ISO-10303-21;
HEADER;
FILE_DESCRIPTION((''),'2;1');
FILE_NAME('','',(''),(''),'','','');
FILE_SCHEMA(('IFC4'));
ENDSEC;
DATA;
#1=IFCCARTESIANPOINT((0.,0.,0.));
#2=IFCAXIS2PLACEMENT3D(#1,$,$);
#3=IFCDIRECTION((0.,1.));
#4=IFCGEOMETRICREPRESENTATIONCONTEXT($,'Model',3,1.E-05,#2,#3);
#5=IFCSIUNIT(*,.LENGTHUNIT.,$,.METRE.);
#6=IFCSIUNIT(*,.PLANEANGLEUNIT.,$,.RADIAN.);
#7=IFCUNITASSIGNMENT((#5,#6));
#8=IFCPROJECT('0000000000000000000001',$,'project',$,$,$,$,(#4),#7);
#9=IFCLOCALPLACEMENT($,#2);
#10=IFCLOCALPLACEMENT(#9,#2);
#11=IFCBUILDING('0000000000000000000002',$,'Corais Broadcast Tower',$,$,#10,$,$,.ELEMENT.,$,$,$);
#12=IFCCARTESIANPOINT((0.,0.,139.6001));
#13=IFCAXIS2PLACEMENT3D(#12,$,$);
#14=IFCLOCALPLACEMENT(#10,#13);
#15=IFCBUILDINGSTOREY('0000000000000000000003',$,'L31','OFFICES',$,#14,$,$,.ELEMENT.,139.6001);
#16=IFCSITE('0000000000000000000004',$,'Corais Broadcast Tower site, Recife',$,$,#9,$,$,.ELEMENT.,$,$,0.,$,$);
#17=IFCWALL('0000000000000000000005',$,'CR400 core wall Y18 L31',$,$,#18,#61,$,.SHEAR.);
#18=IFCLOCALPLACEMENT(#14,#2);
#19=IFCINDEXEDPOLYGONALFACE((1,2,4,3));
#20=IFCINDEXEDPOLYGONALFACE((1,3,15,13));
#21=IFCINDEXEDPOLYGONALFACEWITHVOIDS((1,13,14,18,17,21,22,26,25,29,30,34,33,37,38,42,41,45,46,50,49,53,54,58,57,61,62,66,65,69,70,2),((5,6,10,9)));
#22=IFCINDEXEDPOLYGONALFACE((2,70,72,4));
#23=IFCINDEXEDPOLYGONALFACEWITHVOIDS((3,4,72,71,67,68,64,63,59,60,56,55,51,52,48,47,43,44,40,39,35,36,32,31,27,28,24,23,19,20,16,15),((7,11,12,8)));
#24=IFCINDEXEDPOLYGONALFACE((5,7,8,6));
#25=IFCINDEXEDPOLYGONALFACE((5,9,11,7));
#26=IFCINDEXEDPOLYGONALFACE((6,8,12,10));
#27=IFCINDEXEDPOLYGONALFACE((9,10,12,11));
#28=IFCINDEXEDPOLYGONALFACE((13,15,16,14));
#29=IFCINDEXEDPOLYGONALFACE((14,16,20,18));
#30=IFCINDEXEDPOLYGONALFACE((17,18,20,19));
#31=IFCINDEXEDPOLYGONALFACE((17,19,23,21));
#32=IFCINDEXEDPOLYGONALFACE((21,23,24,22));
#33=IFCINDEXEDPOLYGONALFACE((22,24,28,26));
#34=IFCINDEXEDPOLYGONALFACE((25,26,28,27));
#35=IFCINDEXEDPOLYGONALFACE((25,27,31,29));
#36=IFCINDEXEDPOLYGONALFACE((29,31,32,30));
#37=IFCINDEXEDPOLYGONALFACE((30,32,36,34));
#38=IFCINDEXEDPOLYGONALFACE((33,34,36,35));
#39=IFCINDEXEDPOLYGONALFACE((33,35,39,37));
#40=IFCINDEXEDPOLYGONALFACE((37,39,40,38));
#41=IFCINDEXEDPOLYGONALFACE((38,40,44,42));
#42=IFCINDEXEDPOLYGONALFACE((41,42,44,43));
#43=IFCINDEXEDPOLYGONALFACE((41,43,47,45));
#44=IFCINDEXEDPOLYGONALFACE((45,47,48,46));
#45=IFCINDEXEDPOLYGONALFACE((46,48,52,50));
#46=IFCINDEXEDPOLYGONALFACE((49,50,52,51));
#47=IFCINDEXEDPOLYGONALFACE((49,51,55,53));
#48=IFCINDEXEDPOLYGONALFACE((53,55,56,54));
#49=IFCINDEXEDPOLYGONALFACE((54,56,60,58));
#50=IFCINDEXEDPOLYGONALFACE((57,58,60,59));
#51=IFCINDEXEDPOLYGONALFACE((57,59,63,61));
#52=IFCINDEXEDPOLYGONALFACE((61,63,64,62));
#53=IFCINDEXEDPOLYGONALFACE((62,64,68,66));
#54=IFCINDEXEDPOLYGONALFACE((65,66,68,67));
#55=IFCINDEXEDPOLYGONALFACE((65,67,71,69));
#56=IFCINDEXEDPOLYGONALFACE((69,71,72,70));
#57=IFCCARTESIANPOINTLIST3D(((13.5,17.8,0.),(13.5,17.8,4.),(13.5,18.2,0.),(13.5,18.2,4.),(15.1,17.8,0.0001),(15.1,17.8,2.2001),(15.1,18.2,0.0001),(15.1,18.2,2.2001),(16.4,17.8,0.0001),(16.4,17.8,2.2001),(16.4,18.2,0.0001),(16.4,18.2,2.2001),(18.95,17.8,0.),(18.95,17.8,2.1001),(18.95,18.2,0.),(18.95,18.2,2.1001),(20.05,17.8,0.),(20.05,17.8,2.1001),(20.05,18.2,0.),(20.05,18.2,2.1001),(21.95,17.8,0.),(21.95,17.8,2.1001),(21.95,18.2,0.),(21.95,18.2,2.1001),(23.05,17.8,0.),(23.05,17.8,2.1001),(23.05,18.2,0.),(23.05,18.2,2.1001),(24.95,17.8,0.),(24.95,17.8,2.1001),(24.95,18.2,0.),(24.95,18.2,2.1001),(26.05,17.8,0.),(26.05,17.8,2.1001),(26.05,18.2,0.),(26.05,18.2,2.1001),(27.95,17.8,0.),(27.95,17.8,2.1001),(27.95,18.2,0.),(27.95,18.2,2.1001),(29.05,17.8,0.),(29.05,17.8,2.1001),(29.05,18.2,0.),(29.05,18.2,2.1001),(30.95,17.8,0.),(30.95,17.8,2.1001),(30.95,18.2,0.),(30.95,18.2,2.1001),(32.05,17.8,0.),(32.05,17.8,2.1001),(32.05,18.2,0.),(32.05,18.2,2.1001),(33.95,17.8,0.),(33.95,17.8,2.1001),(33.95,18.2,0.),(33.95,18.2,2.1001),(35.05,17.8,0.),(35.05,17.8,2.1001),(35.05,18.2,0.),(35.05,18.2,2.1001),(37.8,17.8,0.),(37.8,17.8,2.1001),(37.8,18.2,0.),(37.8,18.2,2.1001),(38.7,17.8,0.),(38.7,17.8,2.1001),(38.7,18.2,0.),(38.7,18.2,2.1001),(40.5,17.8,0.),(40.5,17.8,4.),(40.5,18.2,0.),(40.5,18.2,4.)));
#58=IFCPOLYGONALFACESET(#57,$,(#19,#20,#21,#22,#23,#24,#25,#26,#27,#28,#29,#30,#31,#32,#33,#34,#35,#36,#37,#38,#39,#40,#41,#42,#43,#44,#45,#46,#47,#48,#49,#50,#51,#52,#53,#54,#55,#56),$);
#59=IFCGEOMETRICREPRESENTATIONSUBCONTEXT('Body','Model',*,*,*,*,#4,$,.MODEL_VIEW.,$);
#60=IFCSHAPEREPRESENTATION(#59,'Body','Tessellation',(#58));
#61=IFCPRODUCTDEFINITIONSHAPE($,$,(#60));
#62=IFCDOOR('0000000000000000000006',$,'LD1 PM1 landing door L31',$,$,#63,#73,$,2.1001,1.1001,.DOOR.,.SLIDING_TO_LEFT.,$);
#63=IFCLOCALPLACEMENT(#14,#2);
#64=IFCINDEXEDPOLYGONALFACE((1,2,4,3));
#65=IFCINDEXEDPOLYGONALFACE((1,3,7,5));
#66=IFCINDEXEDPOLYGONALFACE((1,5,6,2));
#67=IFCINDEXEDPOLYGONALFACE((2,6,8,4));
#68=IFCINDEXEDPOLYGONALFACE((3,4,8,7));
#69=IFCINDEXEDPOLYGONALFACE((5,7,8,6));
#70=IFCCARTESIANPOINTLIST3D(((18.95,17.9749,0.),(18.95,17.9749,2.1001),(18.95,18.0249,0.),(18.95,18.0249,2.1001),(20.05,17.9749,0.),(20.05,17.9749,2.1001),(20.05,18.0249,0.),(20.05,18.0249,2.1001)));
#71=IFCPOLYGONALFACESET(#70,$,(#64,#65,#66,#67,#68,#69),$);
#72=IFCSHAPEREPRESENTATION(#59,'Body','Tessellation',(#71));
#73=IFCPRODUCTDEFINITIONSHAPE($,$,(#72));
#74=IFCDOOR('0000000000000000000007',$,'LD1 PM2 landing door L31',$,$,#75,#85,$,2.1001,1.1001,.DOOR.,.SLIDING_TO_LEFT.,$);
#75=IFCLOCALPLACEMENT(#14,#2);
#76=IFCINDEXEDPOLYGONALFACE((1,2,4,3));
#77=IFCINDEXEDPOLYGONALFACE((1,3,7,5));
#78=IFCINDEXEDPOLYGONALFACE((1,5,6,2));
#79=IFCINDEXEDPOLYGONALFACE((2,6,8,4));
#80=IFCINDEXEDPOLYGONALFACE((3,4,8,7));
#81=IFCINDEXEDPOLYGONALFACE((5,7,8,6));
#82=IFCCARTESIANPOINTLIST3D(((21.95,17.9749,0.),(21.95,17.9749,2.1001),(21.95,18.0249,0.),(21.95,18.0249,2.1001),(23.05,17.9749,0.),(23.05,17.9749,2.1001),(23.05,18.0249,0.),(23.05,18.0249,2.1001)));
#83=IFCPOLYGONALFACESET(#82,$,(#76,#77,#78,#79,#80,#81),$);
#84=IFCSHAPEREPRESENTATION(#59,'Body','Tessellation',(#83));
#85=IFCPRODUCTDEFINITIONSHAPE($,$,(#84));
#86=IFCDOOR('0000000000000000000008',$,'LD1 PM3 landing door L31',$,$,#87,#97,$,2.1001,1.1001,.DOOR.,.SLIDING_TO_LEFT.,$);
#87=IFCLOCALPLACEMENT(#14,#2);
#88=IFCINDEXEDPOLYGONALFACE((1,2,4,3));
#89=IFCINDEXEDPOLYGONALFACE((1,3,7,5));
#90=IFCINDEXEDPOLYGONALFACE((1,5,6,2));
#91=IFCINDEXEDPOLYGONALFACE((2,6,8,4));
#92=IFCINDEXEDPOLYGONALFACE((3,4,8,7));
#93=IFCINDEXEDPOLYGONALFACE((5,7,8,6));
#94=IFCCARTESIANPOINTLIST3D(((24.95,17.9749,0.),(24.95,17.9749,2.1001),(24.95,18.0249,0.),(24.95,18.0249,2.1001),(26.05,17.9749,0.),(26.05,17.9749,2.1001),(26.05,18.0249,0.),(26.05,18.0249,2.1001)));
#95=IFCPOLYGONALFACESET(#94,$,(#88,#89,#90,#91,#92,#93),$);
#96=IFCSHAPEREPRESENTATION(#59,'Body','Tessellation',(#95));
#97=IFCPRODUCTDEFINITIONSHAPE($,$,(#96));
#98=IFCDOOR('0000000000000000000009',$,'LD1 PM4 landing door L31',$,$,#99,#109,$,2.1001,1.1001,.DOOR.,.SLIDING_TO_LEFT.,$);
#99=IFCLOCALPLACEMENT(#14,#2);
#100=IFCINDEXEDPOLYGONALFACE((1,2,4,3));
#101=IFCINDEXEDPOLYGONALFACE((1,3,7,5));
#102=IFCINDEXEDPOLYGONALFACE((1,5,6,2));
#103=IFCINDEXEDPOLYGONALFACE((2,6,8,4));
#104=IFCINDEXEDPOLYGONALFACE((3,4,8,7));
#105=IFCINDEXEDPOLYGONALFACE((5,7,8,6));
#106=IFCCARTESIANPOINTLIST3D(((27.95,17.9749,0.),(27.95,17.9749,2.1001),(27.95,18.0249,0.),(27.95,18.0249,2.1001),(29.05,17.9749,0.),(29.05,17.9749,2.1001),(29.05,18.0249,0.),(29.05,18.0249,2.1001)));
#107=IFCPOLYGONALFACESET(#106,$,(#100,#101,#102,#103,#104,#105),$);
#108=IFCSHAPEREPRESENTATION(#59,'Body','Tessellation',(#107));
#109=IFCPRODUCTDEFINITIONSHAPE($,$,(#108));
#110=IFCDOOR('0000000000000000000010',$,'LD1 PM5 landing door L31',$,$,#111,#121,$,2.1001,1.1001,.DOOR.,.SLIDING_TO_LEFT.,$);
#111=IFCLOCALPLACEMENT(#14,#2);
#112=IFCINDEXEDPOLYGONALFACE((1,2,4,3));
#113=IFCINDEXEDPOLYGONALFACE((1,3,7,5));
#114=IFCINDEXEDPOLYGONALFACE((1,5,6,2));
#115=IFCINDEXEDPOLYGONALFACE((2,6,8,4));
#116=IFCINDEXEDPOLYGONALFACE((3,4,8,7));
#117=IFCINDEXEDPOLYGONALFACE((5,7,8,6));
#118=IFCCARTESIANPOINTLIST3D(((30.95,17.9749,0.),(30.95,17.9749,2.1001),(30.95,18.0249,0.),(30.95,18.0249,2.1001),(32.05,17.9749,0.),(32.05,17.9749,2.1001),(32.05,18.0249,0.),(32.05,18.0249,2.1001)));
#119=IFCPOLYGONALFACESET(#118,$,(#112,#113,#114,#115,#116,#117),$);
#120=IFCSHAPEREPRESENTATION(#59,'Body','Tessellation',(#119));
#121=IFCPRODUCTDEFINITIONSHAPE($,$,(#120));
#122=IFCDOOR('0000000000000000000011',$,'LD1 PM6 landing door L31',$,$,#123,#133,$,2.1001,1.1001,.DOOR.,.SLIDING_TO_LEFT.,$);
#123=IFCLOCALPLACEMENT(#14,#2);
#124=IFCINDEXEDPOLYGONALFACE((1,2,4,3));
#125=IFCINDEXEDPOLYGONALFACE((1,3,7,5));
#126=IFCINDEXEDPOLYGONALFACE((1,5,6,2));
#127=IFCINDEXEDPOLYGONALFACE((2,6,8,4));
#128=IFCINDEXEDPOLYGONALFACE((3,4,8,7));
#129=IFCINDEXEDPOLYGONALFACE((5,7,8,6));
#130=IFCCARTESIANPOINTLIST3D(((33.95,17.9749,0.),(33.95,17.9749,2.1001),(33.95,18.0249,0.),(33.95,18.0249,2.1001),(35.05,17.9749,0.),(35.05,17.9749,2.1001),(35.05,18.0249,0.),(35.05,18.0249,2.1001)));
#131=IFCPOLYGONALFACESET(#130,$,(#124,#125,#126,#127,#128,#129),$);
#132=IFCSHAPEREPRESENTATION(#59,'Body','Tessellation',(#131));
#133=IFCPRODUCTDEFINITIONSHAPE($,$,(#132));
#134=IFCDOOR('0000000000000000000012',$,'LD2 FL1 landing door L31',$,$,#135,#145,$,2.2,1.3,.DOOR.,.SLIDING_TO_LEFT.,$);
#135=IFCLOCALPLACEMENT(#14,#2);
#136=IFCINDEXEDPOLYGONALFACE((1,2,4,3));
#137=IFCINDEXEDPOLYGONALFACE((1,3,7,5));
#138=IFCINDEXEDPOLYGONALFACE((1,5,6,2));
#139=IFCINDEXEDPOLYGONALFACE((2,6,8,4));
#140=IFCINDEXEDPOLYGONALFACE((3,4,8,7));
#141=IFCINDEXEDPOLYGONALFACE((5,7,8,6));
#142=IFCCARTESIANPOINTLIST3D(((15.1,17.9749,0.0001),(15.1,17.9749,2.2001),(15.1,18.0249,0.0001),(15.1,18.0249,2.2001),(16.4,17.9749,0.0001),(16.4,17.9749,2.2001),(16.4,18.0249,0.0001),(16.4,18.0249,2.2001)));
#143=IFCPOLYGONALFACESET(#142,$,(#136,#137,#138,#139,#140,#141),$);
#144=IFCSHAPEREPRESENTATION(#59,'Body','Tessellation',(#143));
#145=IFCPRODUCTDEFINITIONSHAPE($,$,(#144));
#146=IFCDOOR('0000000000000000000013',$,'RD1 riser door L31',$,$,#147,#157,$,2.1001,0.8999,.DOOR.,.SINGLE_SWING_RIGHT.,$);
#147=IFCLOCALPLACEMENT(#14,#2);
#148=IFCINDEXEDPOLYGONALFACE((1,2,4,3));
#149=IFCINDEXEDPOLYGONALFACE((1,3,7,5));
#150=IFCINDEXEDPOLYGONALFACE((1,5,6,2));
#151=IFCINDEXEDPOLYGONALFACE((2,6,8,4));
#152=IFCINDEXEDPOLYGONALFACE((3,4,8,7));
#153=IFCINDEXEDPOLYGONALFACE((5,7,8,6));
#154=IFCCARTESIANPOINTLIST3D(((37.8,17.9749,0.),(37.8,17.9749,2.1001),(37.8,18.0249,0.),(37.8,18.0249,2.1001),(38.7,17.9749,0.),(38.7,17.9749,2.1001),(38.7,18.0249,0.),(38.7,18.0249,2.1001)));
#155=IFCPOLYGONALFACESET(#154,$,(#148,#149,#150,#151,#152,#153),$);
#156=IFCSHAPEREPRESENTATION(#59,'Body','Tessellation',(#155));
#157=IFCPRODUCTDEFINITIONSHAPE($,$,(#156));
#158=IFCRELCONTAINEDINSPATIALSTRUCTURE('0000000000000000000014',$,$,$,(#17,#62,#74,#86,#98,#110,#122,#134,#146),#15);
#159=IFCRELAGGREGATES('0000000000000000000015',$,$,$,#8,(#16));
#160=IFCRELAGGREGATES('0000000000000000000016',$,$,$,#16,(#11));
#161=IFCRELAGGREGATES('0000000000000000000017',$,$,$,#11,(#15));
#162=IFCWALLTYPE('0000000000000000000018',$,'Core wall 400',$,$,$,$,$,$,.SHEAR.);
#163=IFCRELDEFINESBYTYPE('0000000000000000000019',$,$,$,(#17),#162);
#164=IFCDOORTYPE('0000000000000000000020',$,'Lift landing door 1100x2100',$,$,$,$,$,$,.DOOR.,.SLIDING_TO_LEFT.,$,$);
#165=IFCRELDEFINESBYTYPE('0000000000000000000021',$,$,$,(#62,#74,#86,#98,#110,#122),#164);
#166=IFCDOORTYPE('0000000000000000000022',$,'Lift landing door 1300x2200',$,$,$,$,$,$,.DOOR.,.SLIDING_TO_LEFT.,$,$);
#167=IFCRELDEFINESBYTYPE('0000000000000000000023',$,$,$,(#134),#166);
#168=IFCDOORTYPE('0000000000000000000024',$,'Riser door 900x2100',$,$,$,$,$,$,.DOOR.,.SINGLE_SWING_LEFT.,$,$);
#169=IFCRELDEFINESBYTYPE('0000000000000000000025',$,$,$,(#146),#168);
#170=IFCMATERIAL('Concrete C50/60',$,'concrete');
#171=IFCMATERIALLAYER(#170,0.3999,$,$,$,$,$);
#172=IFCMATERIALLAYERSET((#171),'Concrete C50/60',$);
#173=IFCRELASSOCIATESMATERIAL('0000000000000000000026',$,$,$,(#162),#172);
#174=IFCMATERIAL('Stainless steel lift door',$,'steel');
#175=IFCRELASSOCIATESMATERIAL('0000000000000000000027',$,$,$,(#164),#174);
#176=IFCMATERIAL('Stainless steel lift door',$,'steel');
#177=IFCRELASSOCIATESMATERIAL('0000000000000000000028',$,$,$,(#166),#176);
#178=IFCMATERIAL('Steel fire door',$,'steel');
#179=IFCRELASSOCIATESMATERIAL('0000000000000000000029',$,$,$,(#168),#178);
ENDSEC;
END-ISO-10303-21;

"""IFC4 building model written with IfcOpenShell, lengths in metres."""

from ifc_helpers import new_model, si_unit, direction, frame, frame_2d, origin, place, context, subcontext, project, spatial, rectangle, extrude, material, layer, layer_set, type_object, element, fill, save


model = new_model("IFC4")

# Units and contexts
model_context = context("Model", 3, precision=1e-05, world=origin(), true_north=direction((0.0, 1.0)))
body_context = subcontext(model_context, "Body", "Model", "MODEL_VIEW")
ifc_project = project(units=[si_unit("LENGTHUNIT", "METRE"), si_unit("PLANEANGLEUNIT", "RADIAN")], contexts=[model_context])

# Site, building, storey
site_placement = place(None, origin())
site = spatial("IfcSite", under=ifc_project, at=site_placement, Name="Corais Broadcast Tower site, Recife", CompositionType="ELEMENT", RefElevation=0.0)
building_placement = place(site_placement, origin())
building = spatial("IfcBuilding", under=site, at=building_placement, Name="Corais Broadcast Tower", CompositionType="ELEMENT")
storey_placement = place(building_placement, frame((0.0, 0.0, 139.6001)))
storey = spatial("IfcBuildingStorey", under=building, at=storey_placement, Name="L31", Description="OFFICES", CompositionType="ELEMENT", Elevation=139.6001)

# Shared definitions
ifc_material_1 = material(Name="Concrete C50/60", Category="concrete")
ifc_layer_1 = layer(ifc_material_1, 0.3999)
ifc_layer_set_1 = layer_set([ifc_layer_1], Name="Concrete C50/60")
wall_type_1 = type_object("IfcWallType", Name="Core wall 400", PredefinedType="SHEAR", material=ifc_layer_set_1)

# Wall, openings, doors
wall_1_placement = place(storey_placement, frame((13.5, 18.0, 0.0), z_axis=(0.0, 0.0, 1.0), x_axis=(1.0, 0.0, 0.0)))
wall_1 = element("IfcWall", 1, at=wall_1_placement, inside=storey, type_object=wall_type_1, Name="CR400 core wall Y18 L31", PredefinedType="SHEAR", context=body_context, shape_type="SweptSolid", body=[
    extrude(rectangle(XDim=27.0, YDim=0.3999, at=frame_2d((13.5, 0.0))), origin(), (0.0, 0.0, 1.0), 4.0),
])
opening_1_placement = place(wall_1_placement, frame((24.3, 0.0, 0.0)))
opening_1 = element("IfcOpeningElement", 2, at=opening_1_placement, cuts=wall_1, PredefinedType="OPENING", context=body_context, shape_type="SweptSolid", body=[
    extrude(rectangle(XDim=0.8999, YDim=2.1001, at=frame_2d((0.45, 1.05))), frame((0.0, 0.21, 0.0), z_axis=(0.0, -1.0, 0.0), x_axis=(1.0, 0.0, 0.0)), (0.0, 0.0, 1.0), 0.4199),
])
opening_2_placement = place(wall_1_placement, frame((5.45, 0.0, 0.0)))
opening_2 = element("IfcOpeningElement", 3, at=opening_2_placement, cuts=wall_1, PredefinedType="OPENING", context=body_context, shape_type="SweptSolid", body=[
    extrude(rectangle(XDim=1.1001, YDim=2.1001, at=frame_2d((0.55, 1.05))), frame((0.0, 0.21, 0.0), z_axis=(0.0, -1.0, 0.0), x_axis=(1.0, 0.0, 0.0)), (0.0, 0.0, 1.0), 0.4199),
])
opening_3_placement = place(wall_1_placement, frame((8.45, 0.0, 0.0)))
opening_3 = element("IfcOpeningElement", 4, at=opening_3_placement, cuts=wall_1, PredefinedType="OPENING", context=body_context, shape_type="SweptSolid", body=[
    extrude(rectangle(XDim=1.1001, YDim=2.1001, at=frame_2d((0.55, 1.05))), frame((0.0, 0.21, 0.0), z_axis=(0.0, -1.0, 0.0), x_axis=(1.0, 0.0, 0.0)), (0.0, 0.0, 1.0), 0.4199),
])
opening_4_placement = place(wall_1_placement, frame((11.45, 0.0, 0.0)))
opening_4 = element("IfcOpeningElement", 5, at=opening_4_placement, cuts=wall_1, PredefinedType="OPENING", context=body_context, shape_type="SweptSolid", body=[
    extrude(rectangle(XDim=1.1001, YDim=2.1001, at=frame_2d((0.55, 1.05))), frame((0.0, 0.21, 0.0), z_axis=(0.0, -1.0, 0.0), x_axis=(1.0, 0.0, 0.0)), (0.0, 0.0, 1.0), 0.4199),
])
opening_5_placement = place(wall_1_placement, frame((14.45, 0.0, 0.0)))
opening_5 = element("IfcOpeningElement", 6, at=opening_5_placement, cuts=wall_1, PredefinedType="OPENING", context=body_context, shape_type="SweptSolid", body=[
    extrude(rectangle(XDim=1.1001, YDim=2.1001, at=frame_2d((0.55, 1.05))), frame((0.0, 0.21, 0.0), z_axis=(0.0, -1.0, 0.0), x_axis=(1.0, 0.0, 0.0)), (0.0, 0.0, 1.0), 0.4199),
])
opening_6_placement = place(wall_1_placement, frame((17.45, 0.0, 0.0)))
opening_6 = element("IfcOpeningElement", 7, at=opening_6_placement, cuts=wall_1, PredefinedType="OPENING", context=body_context, shape_type="SweptSolid", body=[
    extrude(rectangle(XDim=1.1001, YDim=2.1001, at=frame_2d((0.55, 1.05))), frame((0.0, 0.21, 0.0), z_axis=(0.0, -1.0, 0.0), x_axis=(1.0, 0.0, 0.0)), (0.0, 0.0, 1.0), 0.4199),
])
opening_7_placement = place(wall_1_placement, frame((20.45, 0.0, 0.0)))
opening_7 = element("IfcOpeningElement", 8, at=opening_7_placement, cuts=wall_1, PredefinedType="OPENING", context=body_context, shape_type="SweptSolid", body=[
    extrude(rectangle(XDim=1.1001, YDim=2.1001, at=frame_2d((0.55, 1.05))), frame((0.0, 0.21, 0.0), z_axis=(0.0, -1.0, 0.0), x_axis=(1.0, 0.0, 0.0)), (0.0, 0.0, 1.0), 0.4199),
])
opening_8_placement = place(wall_1_placement, frame((1.6001, 0.0, 0.0)))
opening_8 = element("IfcOpeningElement", 9, at=opening_8_placement, cuts=wall_1, PredefinedType="OPENING", context=body_context, shape_type="SweptSolid", body=[
    extrude(rectangle(XDim=1.3, YDim=2.2, at=frame_2d((0.6499, 1.1001))), frame((0.0, 0.21, 0.0), z_axis=(0.0, -1.0, 0.0), x_axis=(1.0, 0.0, 0.0)), (0.0, 0.0, 1.0), 0.4199),
])
ifc_material_2 = material(Name="Stainless steel lift door", Category="steel")
door_type_1 = type_object("IfcDoorType", Name="Lift landing door 1100x2100", OperationType="SLIDING_TO_LEFT", PredefinedType="DOOR", material=ifc_material_2)
door_1_placement = place(opening_2_placement, origin())
door_1 = element("IfcDoor", 10, at=door_1_placement, inside=storey, type_object=door_type_1, Name="LD1 PM1 landing door L31", OperationType="SLIDING_TO_LEFT", OverallHeight=2.1001, OverallWidth=1.1001, PredefinedType="DOOR", context=body_context, shape_type="SweptSolid", body=[
    extrude(rectangle(XDim=1.1001, YDim=2.1001, at=frame_2d((0.55, 1.05))), frame((0.0, 0.0249, 0.0), z_axis=(0.0, -1.0, 0.0), x_axis=(1.0, 0.0, 0.0)), (0.0, 0.0, 1.0), 0.05),
])
fill(opening_2, door_1)
door_2_placement = place(opening_3_placement, origin())
door_2 = element("IfcDoor", 11, at=door_2_placement, inside=storey, type_object=door_type_1, Name="LD1 PM2 landing door L31", OperationType="SLIDING_TO_LEFT", OverallHeight=2.1001, OverallWidth=1.1001, PredefinedType="DOOR", context=body_context, shape_type="SweptSolid", body=[
    extrude(rectangle(XDim=1.1001, YDim=2.1001, at=frame_2d((0.55, 1.05))), frame((0.0, 0.0249, 0.0), z_axis=(0.0, -1.0, 0.0), x_axis=(1.0, 0.0, 0.0)), (0.0, 0.0, 1.0), 0.05),
])
fill(opening_3, door_2)
door_3_placement = place(opening_4_placement, origin())
door_3 = element("IfcDoor", 12, at=door_3_placement, inside=storey, type_object=door_type_1, Name="LD1 PM3 landing door L31", OperationType="SLIDING_TO_LEFT", OverallHeight=2.1001, OverallWidth=1.1001, PredefinedType="DOOR", context=body_context, shape_type="SweptSolid", body=[
    extrude(rectangle(XDim=1.1001, YDim=2.1001, at=frame_2d((0.55, 1.05))), frame((0.0, 0.0249, 0.0), z_axis=(0.0, -1.0, 0.0), x_axis=(1.0, 0.0, 0.0)), (0.0, 0.0, 1.0), 0.05),
])
fill(opening_4, door_3)
door_4_placement = place(opening_5_placement, origin())
door_4 = element("IfcDoor", 13, at=door_4_placement, inside=storey, type_object=door_type_1, Name="LD1 PM4 landing door L31", OperationType="SLIDING_TO_LEFT", OverallHeight=2.1001, OverallWidth=1.1001, PredefinedType="DOOR", context=body_context, shape_type="SweptSolid", body=[
    extrude(rectangle(XDim=1.1001, YDim=2.1001, at=frame_2d((0.55, 1.05))), frame((0.0, 0.0249, 0.0), z_axis=(0.0, -1.0, 0.0), x_axis=(1.0, 0.0, 0.0)), (0.0, 0.0, 1.0), 0.05),
])
fill(opening_5, door_4)
door_5_placement = place(opening_6_placement, origin())
door_5 = element("IfcDoor", 14, at=door_5_placement, inside=storey, type_object=door_type_1, Name="LD1 PM5 landing door L31", OperationType="SLIDING_TO_LEFT", OverallHeight=2.1001, OverallWidth=1.1001, PredefinedType="DOOR", context=body_context, shape_type="SweptSolid", body=[
    extrude(rectangle(XDim=1.1001, YDim=2.1001, at=frame_2d((0.55, 1.05))), frame((0.0, 0.0249, 0.0), z_axis=(0.0, -1.0, 0.0), x_axis=(1.0, 0.0, 0.0)), (0.0, 0.0, 1.0), 0.05),
])
fill(opening_6, door_5)
door_6_placement = place(opening_7_placement, origin())
door_6 = element("IfcDoor", 15, at=door_6_placement, inside=storey, type_object=door_type_1, Name="LD1 PM6 landing door L31", OperationType="SLIDING_TO_LEFT", OverallHeight=2.1001, OverallWidth=1.1001, PredefinedType="DOOR", context=body_context, shape_type="SweptSolid", body=[
    extrude(rectangle(XDim=1.1001, YDim=2.1001, at=frame_2d((0.55, 1.05))), frame((0.0, 0.0249, 0.0), z_axis=(0.0, -1.0, 0.0), x_axis=(1.0, 0.0, 0.0)), (0.0, 0.0, 1.0), 0.05),
])
fill(opening_7, door_6)
ifc_material_3 = material(Name="Stainless steel lift door", Category="steel")
door_type_2 = type_object("IfcDoorType", Name="Lift landing door 1300x2200", OperationType="SLIDING_TO_LEFT", PredefinedType="DOOR", material=ifc_material_3)
door_7_placement = place(opening_8_placement, origin())
door_7 = element("IfcDoor", 16, at=door_7_placement, inside=storey, type_object=door_type_2, Name="LD2 FL1 landing door L31", OperationType="SLIDING_TO_LEFT", OverallHeight=2.2, OverallWidth=1.3, PredefinedType="DOOR", context=body_context, shape_type="SweptSolid", body=[
    extrude(rectangle(XDim=1.3, YDim=2.2, at=frame_2d((0.6499, 1.1001))), frame((0.0, 0.0249, 0.0), z_axis=(0.0, -1.0, 0.0), x_axis=(1.0, 0.0, 0.0)), (0.0, 0.0, 1.0), 0.05),
])
fill(opening_8, door_7)
ifc_material_4 = material(Name="Steel fire door", Category="steel")
door_type_3 = type_object("IfcDoorType", Name="Riser door 900x2100", OperationType="SINGLE_SWING_LEFT", PredefinedType="DOOR", material=ifc_material_4)
door_8_placement = place(opening_1_placement, origin())
door_8 = element("IfcDoor", 17, at=door_8_placement, inside=storey, type_object=door_type_3, Name="RD1 riser door L31", OperationType="SINGLE_SWING_RIGHT", OverallHeight=2.1001, OverallWidth=0.8999, PredefinedType="DOOR", context=body_context, shape_type="SweptSolid", body=[
    extrude(rectangle(XDim=0.8999, YDim=2.1001, at=frame_2d((0.45, 1.05))), frame((0.0, 0.0249, 0.0), z_axis=(0.0, -1.0, 0.0), x_axis=(1.0, 0.0, 0.0)), (0.0, 0.0, 1.0), 0.05),
])
fill(opening_1, door_8)

save(model, "model.ifc")
